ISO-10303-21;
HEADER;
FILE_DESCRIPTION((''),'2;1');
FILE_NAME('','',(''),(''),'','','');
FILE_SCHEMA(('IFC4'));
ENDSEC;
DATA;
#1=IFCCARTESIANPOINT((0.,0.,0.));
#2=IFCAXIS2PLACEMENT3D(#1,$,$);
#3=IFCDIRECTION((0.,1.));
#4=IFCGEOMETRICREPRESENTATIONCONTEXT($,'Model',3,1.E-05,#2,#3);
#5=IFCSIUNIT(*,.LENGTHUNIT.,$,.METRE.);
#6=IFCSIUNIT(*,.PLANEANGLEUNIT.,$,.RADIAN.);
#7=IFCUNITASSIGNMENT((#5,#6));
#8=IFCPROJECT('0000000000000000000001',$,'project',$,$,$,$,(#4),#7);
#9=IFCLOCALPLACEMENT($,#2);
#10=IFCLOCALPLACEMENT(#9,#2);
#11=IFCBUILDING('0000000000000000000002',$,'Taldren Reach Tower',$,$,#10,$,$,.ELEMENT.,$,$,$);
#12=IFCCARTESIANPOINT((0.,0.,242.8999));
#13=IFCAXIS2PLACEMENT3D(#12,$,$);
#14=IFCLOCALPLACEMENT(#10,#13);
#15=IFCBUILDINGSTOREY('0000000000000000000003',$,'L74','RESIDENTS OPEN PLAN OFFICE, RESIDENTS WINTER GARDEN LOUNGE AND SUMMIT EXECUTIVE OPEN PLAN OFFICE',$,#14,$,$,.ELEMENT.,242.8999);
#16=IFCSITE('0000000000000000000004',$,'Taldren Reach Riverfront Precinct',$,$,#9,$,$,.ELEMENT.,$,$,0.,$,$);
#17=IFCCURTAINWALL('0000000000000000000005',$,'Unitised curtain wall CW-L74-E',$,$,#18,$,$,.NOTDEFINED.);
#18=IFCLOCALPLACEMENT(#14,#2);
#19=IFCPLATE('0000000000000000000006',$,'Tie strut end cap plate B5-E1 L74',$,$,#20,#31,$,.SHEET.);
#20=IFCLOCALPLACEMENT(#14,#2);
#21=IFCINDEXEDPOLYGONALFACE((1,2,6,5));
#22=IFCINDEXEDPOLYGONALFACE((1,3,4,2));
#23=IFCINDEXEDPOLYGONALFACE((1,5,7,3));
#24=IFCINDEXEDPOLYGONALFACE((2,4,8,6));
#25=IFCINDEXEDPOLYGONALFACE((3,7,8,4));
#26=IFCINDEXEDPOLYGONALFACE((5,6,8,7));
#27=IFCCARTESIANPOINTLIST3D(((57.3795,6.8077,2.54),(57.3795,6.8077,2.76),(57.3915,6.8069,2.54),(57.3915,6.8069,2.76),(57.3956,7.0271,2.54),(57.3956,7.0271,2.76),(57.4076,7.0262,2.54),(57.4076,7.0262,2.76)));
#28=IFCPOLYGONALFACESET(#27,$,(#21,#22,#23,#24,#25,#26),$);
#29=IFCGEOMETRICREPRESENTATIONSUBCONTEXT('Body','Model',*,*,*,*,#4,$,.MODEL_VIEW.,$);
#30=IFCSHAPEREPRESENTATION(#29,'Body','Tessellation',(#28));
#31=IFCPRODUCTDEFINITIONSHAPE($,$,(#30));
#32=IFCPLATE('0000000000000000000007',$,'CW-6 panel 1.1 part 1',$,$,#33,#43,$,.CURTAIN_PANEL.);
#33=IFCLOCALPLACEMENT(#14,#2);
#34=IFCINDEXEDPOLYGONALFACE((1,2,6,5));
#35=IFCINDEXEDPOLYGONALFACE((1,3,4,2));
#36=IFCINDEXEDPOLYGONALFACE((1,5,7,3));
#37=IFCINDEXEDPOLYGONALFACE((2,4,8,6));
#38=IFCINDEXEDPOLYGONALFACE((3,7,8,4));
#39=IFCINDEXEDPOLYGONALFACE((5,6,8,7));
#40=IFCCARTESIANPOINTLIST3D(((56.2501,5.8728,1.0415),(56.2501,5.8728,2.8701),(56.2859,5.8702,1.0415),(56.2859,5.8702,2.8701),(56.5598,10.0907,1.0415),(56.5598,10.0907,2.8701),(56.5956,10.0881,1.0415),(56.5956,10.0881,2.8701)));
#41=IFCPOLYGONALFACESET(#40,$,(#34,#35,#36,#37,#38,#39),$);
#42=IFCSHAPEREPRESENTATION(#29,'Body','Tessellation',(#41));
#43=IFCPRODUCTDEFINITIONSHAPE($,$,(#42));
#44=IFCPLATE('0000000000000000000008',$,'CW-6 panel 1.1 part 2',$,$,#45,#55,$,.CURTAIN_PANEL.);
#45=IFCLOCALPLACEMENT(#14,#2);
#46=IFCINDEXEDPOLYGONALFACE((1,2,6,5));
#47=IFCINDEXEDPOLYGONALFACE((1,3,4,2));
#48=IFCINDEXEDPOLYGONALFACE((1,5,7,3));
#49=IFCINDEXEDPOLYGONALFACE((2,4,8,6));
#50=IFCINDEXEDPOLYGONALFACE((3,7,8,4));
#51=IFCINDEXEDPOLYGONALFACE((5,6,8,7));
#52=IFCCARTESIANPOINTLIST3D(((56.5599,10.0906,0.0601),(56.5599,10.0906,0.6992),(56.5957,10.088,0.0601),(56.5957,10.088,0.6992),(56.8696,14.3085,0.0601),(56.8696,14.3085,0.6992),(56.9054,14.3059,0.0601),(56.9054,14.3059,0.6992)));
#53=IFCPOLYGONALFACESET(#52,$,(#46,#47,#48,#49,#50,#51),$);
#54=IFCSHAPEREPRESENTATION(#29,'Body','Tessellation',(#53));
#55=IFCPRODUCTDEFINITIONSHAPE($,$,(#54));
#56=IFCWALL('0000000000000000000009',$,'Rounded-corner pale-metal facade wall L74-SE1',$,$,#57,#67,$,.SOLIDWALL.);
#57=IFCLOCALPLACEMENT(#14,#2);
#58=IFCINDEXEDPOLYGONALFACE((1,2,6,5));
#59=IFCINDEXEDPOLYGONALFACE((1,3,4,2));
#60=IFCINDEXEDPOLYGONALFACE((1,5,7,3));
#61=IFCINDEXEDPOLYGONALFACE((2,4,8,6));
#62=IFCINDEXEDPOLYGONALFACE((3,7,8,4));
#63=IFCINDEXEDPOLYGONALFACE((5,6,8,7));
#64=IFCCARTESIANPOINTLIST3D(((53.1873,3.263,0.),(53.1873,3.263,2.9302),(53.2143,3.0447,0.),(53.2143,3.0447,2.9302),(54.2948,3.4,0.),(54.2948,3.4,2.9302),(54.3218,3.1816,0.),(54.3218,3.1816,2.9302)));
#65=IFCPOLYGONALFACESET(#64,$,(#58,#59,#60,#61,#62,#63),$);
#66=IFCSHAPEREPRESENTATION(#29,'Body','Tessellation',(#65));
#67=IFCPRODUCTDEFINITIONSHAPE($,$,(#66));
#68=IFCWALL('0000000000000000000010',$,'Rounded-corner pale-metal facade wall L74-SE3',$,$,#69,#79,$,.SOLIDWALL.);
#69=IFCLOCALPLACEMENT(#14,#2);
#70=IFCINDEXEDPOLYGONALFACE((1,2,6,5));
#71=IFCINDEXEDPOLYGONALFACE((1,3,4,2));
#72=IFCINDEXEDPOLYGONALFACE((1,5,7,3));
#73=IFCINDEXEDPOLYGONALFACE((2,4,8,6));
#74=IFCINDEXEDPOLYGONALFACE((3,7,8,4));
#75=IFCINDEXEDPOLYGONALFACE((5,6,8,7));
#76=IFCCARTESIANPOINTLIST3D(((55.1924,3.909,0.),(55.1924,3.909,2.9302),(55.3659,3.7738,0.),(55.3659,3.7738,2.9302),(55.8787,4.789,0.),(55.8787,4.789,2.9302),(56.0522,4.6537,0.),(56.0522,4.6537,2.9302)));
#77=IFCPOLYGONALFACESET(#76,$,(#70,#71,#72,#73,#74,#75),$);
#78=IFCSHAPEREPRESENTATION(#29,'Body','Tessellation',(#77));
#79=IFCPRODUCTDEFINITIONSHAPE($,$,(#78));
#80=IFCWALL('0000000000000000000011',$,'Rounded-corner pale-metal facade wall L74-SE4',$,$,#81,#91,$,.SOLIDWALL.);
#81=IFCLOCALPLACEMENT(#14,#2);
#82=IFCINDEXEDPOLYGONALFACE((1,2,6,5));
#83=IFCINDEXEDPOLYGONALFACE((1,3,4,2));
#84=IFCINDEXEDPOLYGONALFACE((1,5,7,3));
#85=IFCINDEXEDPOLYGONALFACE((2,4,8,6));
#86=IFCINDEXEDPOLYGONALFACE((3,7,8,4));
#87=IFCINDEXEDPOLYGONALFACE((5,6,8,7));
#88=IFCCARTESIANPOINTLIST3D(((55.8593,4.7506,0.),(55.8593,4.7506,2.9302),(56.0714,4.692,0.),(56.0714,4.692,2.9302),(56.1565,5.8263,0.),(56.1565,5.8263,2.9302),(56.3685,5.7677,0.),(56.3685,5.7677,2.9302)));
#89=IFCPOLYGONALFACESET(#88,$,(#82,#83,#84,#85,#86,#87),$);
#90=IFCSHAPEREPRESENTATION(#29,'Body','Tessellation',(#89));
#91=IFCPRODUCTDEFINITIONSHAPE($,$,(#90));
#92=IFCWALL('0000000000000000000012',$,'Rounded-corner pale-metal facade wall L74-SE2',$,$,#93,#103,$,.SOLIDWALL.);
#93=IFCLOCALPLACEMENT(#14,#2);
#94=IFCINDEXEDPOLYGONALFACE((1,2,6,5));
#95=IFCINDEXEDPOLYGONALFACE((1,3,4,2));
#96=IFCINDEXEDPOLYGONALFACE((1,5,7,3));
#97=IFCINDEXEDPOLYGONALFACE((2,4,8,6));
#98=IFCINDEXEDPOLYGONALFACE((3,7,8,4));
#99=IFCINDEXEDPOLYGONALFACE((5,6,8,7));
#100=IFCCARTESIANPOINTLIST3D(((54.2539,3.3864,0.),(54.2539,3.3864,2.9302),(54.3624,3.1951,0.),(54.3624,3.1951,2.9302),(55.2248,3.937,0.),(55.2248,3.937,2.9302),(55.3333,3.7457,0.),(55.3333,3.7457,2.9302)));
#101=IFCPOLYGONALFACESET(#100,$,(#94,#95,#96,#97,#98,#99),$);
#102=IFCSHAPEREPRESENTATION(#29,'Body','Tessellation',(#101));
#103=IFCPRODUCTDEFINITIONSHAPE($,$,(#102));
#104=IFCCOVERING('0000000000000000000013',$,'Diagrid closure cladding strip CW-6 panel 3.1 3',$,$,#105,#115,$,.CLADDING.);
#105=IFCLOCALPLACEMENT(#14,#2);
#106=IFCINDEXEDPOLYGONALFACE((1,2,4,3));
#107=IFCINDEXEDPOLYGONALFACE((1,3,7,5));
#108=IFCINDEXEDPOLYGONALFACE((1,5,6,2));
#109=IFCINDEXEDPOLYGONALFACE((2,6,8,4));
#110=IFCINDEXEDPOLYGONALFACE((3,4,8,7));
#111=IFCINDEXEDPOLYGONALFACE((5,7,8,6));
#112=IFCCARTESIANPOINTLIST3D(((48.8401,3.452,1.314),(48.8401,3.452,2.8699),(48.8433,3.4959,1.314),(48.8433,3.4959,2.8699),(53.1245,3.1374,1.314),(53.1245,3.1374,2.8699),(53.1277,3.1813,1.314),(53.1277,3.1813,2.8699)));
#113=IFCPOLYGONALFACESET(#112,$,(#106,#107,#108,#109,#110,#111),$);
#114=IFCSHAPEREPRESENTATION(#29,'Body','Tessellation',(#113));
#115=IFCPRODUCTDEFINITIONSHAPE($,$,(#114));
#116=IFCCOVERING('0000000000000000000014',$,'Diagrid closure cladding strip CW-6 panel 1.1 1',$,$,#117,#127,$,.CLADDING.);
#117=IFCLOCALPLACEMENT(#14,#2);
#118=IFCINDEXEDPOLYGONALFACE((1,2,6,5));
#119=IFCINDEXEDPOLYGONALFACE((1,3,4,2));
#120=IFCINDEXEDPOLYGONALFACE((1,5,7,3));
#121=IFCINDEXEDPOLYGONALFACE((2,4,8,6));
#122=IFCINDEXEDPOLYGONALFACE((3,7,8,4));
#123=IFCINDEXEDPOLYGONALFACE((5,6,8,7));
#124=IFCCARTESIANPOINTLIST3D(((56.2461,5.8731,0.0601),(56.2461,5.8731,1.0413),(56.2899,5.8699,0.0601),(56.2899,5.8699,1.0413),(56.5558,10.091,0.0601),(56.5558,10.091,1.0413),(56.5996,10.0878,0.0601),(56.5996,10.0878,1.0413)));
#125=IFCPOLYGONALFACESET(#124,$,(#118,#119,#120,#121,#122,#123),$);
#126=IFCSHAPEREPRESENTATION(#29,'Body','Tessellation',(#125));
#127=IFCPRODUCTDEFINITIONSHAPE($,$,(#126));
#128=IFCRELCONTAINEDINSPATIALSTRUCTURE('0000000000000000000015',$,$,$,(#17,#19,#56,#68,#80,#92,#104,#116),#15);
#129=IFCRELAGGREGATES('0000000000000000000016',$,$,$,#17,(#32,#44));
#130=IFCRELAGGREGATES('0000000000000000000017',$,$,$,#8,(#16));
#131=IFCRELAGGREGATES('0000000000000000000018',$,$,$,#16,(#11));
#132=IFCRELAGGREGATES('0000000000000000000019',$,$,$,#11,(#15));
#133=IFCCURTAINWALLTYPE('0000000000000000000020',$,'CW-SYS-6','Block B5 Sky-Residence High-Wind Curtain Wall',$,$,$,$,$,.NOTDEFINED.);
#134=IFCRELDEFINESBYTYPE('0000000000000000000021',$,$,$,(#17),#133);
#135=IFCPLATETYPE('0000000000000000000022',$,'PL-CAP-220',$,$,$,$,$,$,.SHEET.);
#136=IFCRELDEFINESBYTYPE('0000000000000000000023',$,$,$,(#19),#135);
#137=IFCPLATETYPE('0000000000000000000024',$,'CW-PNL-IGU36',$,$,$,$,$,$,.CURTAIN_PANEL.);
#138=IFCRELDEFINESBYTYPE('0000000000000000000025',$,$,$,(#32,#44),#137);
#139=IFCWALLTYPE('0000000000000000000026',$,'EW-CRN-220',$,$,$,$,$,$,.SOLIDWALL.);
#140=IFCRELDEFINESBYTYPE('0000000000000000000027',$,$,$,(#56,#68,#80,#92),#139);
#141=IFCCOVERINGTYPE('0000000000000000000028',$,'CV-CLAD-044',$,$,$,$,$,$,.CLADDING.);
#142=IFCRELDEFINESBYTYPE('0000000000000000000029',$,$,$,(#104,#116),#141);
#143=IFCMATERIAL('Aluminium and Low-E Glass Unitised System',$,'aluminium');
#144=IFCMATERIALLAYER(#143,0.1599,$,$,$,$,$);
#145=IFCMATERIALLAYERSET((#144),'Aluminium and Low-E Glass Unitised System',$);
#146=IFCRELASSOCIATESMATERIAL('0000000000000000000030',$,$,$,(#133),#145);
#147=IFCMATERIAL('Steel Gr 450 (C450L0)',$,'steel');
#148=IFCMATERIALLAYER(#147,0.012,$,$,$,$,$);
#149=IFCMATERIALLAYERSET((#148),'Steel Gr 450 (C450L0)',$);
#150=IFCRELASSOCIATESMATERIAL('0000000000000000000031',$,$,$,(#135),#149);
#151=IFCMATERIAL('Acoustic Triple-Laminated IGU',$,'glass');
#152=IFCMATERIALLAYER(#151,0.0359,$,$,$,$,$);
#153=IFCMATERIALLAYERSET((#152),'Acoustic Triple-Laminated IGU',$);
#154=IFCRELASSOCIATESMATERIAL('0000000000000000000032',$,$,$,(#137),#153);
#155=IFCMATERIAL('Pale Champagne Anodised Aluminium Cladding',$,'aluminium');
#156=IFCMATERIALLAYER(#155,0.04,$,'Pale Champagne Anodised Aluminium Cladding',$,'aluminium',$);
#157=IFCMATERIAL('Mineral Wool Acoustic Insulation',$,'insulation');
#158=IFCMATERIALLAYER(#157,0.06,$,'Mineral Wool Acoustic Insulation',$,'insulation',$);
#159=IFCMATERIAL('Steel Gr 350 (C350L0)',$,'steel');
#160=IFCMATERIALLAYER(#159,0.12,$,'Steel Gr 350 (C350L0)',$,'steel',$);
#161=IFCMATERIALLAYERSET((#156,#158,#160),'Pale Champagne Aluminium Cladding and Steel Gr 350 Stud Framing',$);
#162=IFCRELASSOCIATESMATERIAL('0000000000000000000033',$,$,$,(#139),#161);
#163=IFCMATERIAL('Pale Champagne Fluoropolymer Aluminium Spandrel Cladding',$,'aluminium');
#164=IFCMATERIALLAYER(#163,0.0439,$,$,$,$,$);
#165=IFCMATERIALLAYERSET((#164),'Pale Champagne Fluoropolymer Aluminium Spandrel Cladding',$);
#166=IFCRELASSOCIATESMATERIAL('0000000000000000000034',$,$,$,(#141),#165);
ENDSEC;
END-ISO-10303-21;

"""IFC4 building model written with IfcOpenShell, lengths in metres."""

from ifc_helpers import new_model, si_unit, direction, frame, frame_2d, origin, origin_2d, place, context, subcontext, project, spatial, rectangle, extrude, source, transform, mapped, material, layer, layer_set, type_object, element, aggregate, save


model = new_model("IFC4")

# Units and contexts
model_context = context("Model", 3, precision=1e-05, world=origin(), true_north=direction((0.0, 1.0)))
body_context = subcontext(model_context, "Body", "Model", "MODEL_VIEW")
ifc_project = project(units=[si_unit("LENGTHUNIT", "METRE"), si_unit("PLANEANGLEUNIT", "RADIAN")], contexts=[model_context])

# Site, building, storey
site_placement = place(None, origin())
site = spatial("IfcSite", under=ifc_project, at=site_placement, Name="Taldren Reach Riverfront Precinct", CompositionType="ELEMENT", RefElevation=0.0)
building_placement = place(site_placement, origin())
building = spatial("IfcBuilding", under=site, at=building_placement, Name="Taldren Reach Tower", CompositionType="ELEMENT")
storey_placement = place(building_placement, frame((0.0, 0.0, 242.8999)))
storey = spatial("IfcBuildingStorey", under=building, at=storey_placement, Name="L74", Description="RESIDENTS OPEN PLAN OFFICE, RESIDENTS WINTER GARDEN LOUNGE AND SUMMIT EXECUTIVE OPEN PLAN OFFICE", CompositionType="ELEMENT", Elevation=242.8999)

# Shared definitions
ifc_material_1 = material(Name="Steel Gr 350 (C350L0)", Category="steel")

# Shared definitions
ifc_material_2 = material(Name="Steel Gr 450 (C450L0)", Category="steel")

# Shared definitions
ifc_material_3 = material(Name="Aluminium and Low-E Glass Unitised System", Category="aluminium")
ifc_layer_1 = layer(ifc_material_3, 0.1599)
ifc_layer_set_1 = layer_set([ifc_layer_1], Name="Aluminium and Low-E Glass Unitised System")
curtain_wall_type = type_object("IfcCurtainWallType", Name="CW-SYS-6", Description="Block B5 Sky-Residence High-Wind Curtain Wall", PredefinedType="NOTDEFINED", material=ifc_layer_set_1)

# Curtain wall
curtain_wall_1_placement = place(storey_placement, origin())
curtain_wall_1 = element("IfcCurtainWall", 1, at=curtain_wall_1_placement, inside=storey, type_object=curtain_wall_type, Name="Unitised curtain wall CW-L74-E", PredefinedType="NOTDEFINED")

# Plate
ifc_layer_2 = layer(ifc_material_2, 0.012)
ifc_layer_set_2 = layer_set([ifc_layer_2], Name="Steel Gr 450 (C450L0)")
plate_type_1 = type_object("IfcPlateType", Name="PL-CAP-220", PredefinedType="SHEET", material=ifc_layer_set_2)
shared_shape_1 = source(origin(), body_context, "Body", "SweptSolid", [
    extrude(rectangle(XDim=0.012, YDim=0.22, at=origin_2d()), origin(), (0.0, 0.0, 1.0), 0.22),
])
plate_1_placement = place(storey_placement, frame((57.3936, 6.917, 2.54), z_axis=(0.0, 0.0, 1.0), x_axis=(0.997314, -0.073238, 0.0)))
element("IfcPlate", 2, at=plate_1_placement, inside=storey, type_object=plate_type_1, Name="Tie strut end cap plate B5-E1 L74", PredefinedType="SHEET", context=body_context, shape_type="MappedRepresentation", body=[
    mapped(shared_shape_1, transform((0.0, 0.0, 0.0), scale=1.0)),
])

# Plates
ifc_material_4 = material(Name="Acoustic Triple-Laminated IGU", Category="glass")
ifc_layer_3 = layer(ifc_material_4, 0.0359)
ifc_layer_set_3 = layer_set([ifc_layer_3], Name="Acoustic Triple-Laminated IGU")
plate_type_2 = type_object("IfcPlateType", Name="CW-PNL-IGU36", PredefinedType="CURTAIN_PANEL", material=ifc_layer_set_3)
shared_shape_2 = source(origin(), body_context, "Body", "SweptSolid", [
    extrude(rectangle(XDim=4.2292, YDim=0.0359, at=origin_2d()), origin(), (0.0, 0.0, 1.0), 1.8286),
])
plate_2_placement = place(storey_placement, frame((56.4229, 7.9805, 1.0415), z_axis=(0.0, 0.0, 1.0), x_axis=(0.073238, 0.997314, 0.0)))
plate_2 = element("IfcPlate", 3, at=plate_2_placement, type_object=plate_type_2, Name="CW-6 panel 1.1 part 1", PredefinedType="CURTAIN_PANEL", context=body_context, shape_type="MappedRepresentation", body=[
    mapped(shared_shape_2, transform((0.0, 0.0, 0.0), scale=1.0)),
])
shared_shape_3 = source(origin(), body_context, "Body", "SweptSolid", [
    extrude(rectangle(XDim=4.2292, YDim=0.0359, at=origin_2d()), origin(), (0.0, 0.0, 1.0), 0.6392),
])
plate_3_placement = place(storey_placement, frame((56.7327, 12.1982, 0.0601), z_axis=(0.0, 0.0, 1.0), x_axis=(0.073238, 0.997314, 0.0)))
plate_3 = element("IfcPlate", 4, at=plate_3_placement, type_object=plate_type_2, Name="CW-6 panel 1.1 part 2", PredefinedType="CURTAIN_PANEL", context=body_context, shape_type="MappedRepresentation", body=[
    mapped(shared_shape_3, transform((0.0, 0.0, 0.0), scale=1.0)),
])
aggregate(curtain_wall_1, [plate_2, plate_3])

# Walls
ifc_material_5 = material(Name="Pale Champagne Anodised Aluminium Cladding", Category="aluminium")
ifc_layer_4 = layer(ifc_material_5, 0.04, Name="Pale Champagne Anodised Aluminium Cladding", Category="aluminium")
ifc_material_6 = material(Name="Mineral Wool Acoustic Insulation", Category="insulation")
ifc_layer_5 = layer(ifc_material_6, 0.06, Name="Mineral Wool Acoustic Insulation", Category="insulation")
ifc_layer_6 = layer(ifc_material_1, 0.12, Name="Steel Gr 350 (C350L0)", Category="steel")
ifc_layer_set_4 = layer_set([ifc_layer_4, ifc_layer_5, ifc_layer_6], Name="Pale Champagne Aluminium Cladding and Steel Gr 350 Stud Framing")
wall_type = type_object("IfcWallType", Name="EW-CRN-220", PredefinedType="SOLIDWALL", material=ifc_layer_set_4)
shared_shape_4 = source(origin(), body_context, "Body", "SweptSolid", [
    extrude(rectangle(XDim=1.116, YDim=0.22, at=frame_2d((0.5581, 0.0))), origin(), (0.0, 0.0, 1.0), 2.9302),
])
for number, where, z_axis, x_axis, name in (
    (5, (53.2007, 3.1538, 0.0), (0.0, 0.0, 1.0), (0.992439, 0.122742, 0.0), "Rounded-corner pale-metal facade wall L74-SE1"),
    (6, (55.2791, 3.8413, 0.0), (0.0, 0.0, 1.0), (0.615015, 0.788515, 0.0), "Rounded-corner pale-metal facade wall L74-SE3"),
    (7, (55.9653, 4.7212, 0.0), (0.0, 0.0, 1.0), (0.266244, 0.963906, 0.0), "Rounded-corner pale-metal facade wall L74-SE4"),
):
    element("IfcWall", number, at=place(storey_placement, frame(where, z_axis=z_axis, x_axis=x_axis)), inside=storey, type_object=wall_type, Name=name, PredefinedType="SOLIDWALL", context=body_context, shape_type="MappedRepresentation", body=[
        mapped(shared_shape_4, transform((0.0, 0.0, 0.0), scale=1.0)),
    ])
shared_shape_5 = source(origin(), body_context, "Body", "SweptSolid", [
    extrude(rectangle(XDim=1.1162, YDim=0.22, at=frame_2d((0.5581, 0.0))), origin(), (0.0, 0.0, 1.0), 2.9302),
])
wall_placement = place(storey_placement, frame((54.3081, 3.2908, 0.0), z_axis=(0.0, 0.0, 1.0), x_axis=(0.869894, 0.493239, 0.0)))
element("IfcWall", 8, at=wall_placement, inside=storey, type_object=wall_type, Name="Rounded-corner pale-metal facade wall L74-SE2", PredefinedType="SOLIDWALL", context=body_context, shape_type="MappedRepresentation", body=[
    mapped(shared_shape_5, transform((0.0, 0.0, 0.0), scale=1.0)),
])

# Coverings
ifc_material_7 = material(Name="Pale Champagne Fluoropolymer Aluminium Spandrel Cladding", Category="aluminium")
ifc_layer_7 = layer(ifc_material_7, 0.0439)
ifc_layer_set_5 = layer_set([ifc_layer_7], Name="Pale Champagne Fluoropolymer Aluminium Spandrel Cladding")
covering_type = type_object("IfcCoveringType", Name="CV-CLAD-044", PredefinedType="CLADDING", material=ifc_layer_set_5)
shared_shape_6 = source(origin(), body_context, "Body", "SweptSolid", [
    extrude(rectangle(XDim=4.2959, YDim=0.0439, at=origin_2d()), origin(), (0.0, 0.0, 1.0), 1.5559),
])
covering_1_placement = place(storey_placement, frame((50.9839, 3.3167, 1.314), z_axis=(0.0, 0.0, 1.0), x_axis=(0.997314, -0.073238, 0.0)))
element("IfcCovering", 9, at=covering_1_placement, inside=storey, type_object=covering_type, Name="Diagrid closure cladding strip CW-6 panel 3.1 3", PredefinedType="CLADDING", context=body_context, shape_type="MappedRepresentation", body=[
    mapped(shared_shape_6, transform((0.0, 0.0, 0.0), scale=1.0)),
])
shared_shape_7 = source(origin(), body_context, "Body", "SweptSolid", [
    extrude(rectangle(XDim=4.2292, YDim=0.0439, at=origin_2d()), origin(), (0.0, 0.0, 1.0), 0.9812),
])
covering_2_placement = place(storey_placement, frame((56.4229, 7.9805, 0.0601), z_axis=(0.0, 0.0, 1.0), x_axis=(0.073238, 0.997314, 0.0)))
element("IfcCovering", 10, at=covering_2_placement, inside=storey, type_object=covering_type, Name="Diagrid closure cladding strip CW-6 panel 1.1 1", PredefinedType="CLADDING", context=body_context, shape_type="MappedRepresentation", body=[
    mapped(shared_shape_7, transform((0.0, 0.0, 0.0), scale=1.0)),
])

save(model, "model.ifc")
